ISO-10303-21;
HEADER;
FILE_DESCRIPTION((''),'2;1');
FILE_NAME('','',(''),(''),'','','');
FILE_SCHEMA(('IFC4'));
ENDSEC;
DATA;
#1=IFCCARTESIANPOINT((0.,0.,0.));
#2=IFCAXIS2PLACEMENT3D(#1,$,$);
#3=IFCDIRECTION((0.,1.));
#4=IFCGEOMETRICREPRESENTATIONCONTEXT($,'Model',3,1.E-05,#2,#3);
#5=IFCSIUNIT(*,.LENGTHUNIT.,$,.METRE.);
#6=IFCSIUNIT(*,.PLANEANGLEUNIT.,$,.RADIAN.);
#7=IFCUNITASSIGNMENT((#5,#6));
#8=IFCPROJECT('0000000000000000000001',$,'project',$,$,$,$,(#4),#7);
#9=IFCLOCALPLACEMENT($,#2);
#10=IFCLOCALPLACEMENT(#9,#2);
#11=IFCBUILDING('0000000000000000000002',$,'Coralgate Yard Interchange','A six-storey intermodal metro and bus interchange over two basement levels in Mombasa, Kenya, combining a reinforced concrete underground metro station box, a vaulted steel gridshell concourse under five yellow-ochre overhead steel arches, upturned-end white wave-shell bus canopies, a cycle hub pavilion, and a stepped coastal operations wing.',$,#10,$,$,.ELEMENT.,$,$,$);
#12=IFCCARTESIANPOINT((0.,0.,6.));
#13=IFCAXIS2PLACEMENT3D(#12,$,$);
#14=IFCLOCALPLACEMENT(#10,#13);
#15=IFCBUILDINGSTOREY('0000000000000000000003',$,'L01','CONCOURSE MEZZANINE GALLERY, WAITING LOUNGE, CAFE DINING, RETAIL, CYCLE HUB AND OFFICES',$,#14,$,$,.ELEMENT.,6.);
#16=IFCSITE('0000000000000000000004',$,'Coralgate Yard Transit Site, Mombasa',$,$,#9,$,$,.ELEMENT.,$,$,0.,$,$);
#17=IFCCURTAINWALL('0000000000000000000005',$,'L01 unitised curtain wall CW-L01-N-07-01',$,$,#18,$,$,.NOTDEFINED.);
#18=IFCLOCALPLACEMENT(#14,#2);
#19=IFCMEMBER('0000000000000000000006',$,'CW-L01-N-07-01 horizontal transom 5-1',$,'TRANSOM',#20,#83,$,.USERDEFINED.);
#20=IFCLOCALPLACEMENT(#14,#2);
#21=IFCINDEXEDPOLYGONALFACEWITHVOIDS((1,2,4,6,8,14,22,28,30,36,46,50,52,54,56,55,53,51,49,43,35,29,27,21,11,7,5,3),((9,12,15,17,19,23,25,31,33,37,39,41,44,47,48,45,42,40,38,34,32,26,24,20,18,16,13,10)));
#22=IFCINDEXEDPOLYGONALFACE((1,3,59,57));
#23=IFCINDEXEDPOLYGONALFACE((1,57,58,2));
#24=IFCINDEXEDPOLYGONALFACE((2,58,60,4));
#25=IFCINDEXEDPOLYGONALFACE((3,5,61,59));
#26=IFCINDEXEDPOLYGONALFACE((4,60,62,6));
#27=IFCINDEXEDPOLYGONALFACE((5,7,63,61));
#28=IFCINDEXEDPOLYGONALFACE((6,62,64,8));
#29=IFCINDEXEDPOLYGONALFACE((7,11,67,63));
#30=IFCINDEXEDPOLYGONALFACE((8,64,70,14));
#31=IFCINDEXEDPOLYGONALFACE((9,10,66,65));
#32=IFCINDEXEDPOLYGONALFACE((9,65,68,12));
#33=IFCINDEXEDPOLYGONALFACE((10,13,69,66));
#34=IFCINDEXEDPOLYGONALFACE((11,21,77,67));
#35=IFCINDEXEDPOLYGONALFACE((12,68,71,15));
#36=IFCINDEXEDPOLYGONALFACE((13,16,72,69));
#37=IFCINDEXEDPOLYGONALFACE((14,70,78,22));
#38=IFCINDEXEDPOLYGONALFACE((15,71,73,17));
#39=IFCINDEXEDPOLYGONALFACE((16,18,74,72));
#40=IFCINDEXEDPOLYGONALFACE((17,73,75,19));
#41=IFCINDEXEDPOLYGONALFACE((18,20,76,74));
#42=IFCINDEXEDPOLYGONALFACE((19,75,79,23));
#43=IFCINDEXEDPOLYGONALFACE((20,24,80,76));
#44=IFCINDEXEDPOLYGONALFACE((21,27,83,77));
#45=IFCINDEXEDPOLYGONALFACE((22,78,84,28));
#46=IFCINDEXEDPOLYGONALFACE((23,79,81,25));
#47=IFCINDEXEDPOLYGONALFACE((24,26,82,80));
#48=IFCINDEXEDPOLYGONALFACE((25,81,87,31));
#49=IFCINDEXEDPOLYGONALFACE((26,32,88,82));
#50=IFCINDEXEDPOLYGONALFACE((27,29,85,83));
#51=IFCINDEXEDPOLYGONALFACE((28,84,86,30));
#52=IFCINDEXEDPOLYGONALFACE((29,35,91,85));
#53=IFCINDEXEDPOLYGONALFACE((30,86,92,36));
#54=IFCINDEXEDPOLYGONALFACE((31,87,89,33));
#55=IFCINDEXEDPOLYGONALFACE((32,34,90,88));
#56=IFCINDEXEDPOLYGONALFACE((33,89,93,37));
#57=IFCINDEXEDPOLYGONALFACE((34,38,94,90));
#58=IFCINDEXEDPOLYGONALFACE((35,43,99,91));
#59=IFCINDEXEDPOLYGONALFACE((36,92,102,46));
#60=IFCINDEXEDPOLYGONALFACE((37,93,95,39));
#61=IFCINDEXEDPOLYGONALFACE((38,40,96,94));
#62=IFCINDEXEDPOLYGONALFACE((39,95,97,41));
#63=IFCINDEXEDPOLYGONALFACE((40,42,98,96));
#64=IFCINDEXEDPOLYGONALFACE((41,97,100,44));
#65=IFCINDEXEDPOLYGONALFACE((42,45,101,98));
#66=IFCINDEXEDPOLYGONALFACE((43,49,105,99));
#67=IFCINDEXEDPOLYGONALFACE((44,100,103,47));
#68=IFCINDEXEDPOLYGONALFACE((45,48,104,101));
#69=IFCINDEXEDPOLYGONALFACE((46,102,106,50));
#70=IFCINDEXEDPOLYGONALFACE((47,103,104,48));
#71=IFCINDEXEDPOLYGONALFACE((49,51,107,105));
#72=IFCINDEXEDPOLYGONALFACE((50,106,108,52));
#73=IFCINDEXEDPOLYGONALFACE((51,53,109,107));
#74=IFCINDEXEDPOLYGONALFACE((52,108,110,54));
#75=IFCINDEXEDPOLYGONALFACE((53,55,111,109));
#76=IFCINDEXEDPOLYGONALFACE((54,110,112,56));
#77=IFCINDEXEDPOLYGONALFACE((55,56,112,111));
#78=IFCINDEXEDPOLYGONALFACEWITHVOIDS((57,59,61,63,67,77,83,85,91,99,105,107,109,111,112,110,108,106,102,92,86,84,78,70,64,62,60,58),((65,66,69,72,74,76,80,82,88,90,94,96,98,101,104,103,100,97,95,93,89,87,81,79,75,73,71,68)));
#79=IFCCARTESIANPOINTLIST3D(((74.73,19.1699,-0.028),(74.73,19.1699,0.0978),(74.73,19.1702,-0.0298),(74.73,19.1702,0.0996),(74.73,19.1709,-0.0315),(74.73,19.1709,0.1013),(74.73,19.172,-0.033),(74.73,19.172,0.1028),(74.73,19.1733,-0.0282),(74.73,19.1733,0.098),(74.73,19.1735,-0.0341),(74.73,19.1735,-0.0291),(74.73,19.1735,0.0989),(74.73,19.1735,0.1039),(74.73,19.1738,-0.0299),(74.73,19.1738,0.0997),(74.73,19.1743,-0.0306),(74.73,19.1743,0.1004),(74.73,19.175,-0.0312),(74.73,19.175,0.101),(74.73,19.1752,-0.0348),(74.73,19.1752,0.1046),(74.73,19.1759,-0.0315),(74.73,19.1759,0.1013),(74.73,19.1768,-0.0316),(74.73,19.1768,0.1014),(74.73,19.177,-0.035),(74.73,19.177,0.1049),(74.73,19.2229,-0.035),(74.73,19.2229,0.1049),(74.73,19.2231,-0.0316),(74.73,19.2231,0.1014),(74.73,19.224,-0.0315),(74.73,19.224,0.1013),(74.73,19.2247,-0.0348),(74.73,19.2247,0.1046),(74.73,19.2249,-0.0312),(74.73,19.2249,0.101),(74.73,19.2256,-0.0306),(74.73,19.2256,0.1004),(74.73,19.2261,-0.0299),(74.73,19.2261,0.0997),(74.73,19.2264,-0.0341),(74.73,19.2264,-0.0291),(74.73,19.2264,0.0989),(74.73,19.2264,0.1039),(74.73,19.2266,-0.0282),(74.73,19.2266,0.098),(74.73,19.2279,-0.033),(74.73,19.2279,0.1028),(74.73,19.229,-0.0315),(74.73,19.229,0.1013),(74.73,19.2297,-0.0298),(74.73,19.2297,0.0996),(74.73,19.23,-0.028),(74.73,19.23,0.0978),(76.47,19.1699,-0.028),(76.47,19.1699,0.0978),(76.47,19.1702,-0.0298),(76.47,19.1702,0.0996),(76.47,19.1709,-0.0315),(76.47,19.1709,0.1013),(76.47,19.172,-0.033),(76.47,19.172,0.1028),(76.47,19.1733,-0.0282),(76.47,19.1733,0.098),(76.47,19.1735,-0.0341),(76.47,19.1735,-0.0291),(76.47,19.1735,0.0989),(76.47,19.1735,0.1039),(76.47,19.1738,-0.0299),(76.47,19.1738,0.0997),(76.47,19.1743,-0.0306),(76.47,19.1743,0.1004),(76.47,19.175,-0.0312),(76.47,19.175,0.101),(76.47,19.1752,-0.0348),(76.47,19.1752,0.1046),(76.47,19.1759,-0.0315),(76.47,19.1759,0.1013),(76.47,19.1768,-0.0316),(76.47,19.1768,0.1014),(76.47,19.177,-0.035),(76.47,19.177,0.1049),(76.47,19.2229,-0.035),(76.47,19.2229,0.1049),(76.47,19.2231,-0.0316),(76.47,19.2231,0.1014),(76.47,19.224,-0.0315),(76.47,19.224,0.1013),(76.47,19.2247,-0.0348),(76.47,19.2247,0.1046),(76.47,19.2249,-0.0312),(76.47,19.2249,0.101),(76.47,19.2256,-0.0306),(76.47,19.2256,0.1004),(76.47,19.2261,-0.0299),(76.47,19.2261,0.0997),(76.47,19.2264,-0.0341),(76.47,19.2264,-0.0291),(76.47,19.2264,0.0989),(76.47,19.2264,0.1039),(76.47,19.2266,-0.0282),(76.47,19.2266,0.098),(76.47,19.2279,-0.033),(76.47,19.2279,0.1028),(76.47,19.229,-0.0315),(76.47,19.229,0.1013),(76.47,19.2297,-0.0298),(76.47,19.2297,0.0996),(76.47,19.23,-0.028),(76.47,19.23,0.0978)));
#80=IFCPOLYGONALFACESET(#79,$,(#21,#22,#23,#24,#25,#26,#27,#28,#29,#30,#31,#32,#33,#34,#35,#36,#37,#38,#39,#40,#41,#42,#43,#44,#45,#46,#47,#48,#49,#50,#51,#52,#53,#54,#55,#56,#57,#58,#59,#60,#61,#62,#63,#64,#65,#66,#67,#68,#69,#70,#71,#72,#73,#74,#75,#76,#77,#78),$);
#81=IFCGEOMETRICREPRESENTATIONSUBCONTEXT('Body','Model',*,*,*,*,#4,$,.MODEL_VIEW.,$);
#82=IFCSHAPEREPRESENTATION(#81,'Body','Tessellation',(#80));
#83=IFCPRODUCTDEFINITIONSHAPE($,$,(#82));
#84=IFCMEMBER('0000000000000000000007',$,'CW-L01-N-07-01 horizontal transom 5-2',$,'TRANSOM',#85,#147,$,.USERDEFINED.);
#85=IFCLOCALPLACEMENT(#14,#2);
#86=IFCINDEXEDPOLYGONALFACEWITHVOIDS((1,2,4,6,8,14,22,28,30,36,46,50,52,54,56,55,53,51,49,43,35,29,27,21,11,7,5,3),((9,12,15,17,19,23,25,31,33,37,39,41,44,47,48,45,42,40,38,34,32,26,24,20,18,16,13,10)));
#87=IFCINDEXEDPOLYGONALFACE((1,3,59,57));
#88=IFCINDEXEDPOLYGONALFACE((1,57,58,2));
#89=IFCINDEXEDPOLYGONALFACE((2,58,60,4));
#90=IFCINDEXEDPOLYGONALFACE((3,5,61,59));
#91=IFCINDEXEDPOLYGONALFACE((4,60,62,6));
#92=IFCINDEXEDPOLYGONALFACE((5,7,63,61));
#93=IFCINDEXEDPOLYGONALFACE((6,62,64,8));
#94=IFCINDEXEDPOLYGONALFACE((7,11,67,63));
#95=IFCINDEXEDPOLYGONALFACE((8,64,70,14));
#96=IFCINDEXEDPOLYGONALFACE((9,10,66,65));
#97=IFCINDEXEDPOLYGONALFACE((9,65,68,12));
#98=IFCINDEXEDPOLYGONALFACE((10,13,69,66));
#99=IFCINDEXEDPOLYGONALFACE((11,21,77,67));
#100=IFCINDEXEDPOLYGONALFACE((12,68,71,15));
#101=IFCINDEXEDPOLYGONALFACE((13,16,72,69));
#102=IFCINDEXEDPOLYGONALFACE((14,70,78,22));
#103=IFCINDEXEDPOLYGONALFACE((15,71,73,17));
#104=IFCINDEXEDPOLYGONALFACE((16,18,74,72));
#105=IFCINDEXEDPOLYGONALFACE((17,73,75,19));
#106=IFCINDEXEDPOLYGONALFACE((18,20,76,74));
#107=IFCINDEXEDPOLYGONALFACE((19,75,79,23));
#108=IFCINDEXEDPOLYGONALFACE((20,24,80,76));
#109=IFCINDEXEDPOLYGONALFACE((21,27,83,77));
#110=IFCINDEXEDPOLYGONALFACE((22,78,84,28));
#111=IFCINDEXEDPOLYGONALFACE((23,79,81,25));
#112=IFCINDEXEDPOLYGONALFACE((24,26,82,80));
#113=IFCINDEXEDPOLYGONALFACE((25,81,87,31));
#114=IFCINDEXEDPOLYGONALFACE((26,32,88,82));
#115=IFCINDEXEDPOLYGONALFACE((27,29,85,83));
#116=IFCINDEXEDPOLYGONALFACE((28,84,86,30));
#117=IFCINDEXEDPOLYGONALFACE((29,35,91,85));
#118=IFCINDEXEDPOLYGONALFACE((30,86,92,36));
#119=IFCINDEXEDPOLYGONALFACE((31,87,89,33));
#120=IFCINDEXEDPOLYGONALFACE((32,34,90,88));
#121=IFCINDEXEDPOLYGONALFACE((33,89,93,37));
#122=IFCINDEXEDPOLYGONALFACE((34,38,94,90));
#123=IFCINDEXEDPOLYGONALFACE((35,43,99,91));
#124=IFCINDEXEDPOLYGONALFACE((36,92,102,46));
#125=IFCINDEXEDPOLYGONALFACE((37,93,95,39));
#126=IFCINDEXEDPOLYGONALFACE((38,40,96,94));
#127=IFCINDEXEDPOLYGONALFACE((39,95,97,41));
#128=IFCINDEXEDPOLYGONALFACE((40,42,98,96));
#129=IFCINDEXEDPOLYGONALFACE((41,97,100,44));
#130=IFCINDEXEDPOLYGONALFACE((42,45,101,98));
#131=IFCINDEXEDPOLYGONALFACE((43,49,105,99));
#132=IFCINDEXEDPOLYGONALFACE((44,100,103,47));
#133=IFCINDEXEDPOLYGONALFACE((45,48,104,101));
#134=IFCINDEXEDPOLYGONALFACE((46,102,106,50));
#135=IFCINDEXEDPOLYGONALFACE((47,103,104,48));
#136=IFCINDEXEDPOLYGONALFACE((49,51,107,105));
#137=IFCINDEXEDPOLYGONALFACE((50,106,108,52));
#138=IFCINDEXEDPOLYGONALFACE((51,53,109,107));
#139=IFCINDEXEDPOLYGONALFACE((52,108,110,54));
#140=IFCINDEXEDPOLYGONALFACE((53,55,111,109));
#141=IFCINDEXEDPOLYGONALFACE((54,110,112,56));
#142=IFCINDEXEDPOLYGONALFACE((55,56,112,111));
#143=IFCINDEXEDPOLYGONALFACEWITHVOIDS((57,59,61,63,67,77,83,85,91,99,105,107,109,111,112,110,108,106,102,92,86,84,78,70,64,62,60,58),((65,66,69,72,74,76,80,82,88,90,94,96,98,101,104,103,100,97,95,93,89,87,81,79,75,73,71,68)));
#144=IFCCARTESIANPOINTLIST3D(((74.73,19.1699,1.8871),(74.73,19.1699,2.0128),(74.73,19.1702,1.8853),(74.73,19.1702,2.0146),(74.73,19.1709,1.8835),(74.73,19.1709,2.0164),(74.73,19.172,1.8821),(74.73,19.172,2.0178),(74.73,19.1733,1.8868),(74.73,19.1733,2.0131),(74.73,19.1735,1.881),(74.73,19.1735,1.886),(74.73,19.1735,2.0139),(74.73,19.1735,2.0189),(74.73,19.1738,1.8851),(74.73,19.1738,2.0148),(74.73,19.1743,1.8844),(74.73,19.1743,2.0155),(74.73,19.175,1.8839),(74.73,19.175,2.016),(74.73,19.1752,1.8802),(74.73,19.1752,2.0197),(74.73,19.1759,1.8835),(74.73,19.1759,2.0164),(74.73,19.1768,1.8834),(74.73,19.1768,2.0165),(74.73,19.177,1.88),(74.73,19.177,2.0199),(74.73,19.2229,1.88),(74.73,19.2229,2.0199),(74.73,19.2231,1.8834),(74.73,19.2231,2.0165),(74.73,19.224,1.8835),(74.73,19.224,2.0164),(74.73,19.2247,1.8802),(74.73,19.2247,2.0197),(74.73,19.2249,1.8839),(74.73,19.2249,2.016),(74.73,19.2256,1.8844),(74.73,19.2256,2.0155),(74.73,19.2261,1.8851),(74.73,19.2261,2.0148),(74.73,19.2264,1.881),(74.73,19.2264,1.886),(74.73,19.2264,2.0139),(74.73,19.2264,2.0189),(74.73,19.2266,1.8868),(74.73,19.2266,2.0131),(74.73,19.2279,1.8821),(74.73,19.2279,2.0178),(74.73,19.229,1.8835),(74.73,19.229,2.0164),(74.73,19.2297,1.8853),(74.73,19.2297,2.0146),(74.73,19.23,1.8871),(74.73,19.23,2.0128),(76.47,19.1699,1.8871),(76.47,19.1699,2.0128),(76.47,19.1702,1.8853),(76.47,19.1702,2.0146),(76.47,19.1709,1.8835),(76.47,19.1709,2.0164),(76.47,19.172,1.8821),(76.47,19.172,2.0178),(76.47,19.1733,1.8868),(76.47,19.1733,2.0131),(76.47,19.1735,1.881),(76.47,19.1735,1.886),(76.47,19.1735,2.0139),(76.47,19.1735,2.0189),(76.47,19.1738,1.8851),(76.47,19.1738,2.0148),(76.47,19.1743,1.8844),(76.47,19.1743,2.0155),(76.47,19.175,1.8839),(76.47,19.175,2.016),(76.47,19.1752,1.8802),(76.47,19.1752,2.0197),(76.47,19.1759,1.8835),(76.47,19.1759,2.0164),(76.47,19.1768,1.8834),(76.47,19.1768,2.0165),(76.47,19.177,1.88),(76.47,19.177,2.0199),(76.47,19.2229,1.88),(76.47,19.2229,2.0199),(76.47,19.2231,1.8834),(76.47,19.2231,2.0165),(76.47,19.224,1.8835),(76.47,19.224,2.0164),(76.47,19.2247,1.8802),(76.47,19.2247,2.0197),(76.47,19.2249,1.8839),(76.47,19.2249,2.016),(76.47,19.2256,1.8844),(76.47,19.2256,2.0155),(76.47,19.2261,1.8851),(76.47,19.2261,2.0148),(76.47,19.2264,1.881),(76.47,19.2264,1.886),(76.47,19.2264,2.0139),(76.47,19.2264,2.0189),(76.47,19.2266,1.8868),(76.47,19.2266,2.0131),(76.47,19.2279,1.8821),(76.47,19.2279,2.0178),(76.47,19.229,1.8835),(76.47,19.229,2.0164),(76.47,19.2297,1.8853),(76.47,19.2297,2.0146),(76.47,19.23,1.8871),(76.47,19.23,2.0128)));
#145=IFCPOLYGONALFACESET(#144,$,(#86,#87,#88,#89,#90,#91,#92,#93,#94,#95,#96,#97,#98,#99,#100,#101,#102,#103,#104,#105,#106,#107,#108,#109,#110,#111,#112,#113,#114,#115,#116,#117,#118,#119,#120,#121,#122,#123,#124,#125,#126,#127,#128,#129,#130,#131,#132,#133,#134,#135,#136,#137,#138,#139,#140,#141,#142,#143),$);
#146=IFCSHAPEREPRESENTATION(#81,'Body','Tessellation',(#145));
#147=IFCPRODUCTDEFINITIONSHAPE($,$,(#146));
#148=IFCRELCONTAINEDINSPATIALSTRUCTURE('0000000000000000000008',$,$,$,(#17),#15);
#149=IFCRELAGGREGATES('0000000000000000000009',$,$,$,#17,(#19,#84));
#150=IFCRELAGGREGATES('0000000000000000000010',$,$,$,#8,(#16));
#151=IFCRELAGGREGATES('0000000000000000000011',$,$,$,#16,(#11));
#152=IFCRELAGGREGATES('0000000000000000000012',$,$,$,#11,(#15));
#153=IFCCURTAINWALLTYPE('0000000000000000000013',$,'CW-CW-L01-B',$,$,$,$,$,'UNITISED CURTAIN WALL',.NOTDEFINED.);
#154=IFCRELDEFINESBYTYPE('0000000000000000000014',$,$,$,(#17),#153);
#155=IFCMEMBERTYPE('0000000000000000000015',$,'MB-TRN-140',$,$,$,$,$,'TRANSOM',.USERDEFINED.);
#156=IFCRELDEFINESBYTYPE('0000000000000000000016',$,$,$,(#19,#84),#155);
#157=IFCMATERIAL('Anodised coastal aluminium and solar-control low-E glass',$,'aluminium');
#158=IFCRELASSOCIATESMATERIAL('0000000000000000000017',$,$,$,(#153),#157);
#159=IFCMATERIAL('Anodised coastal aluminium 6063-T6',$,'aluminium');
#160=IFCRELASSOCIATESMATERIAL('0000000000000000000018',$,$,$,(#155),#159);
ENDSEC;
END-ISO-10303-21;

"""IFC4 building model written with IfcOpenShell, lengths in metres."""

from ifc_helpers import new_model, si_unit, direction, frame, origin, origin_2d, place, context, subcontext, project, spatial, hollow_rectangle, extrude, material, material_profile, profile_set, type_object, element, aggregate, save


model = new_model("IFC4")

# Units and contexts
model_context = context("Model", 3, precision=1e-05, world=origin(), true_north=direction((0.0, 1.0)))
body_context = subcontext(model_context, "Body", "Model", "MODEL_VIEW")
ifc_project = project(units=[si_unit("LENGTHUNIT", "METRE"), si_unit("PLANEANGLEUNIT", "RADIAN")], contexts=[model_context])

# Site, building, storey
site_placement = place(None, origin())
site = spatial("IfcSite", under=ifc_project, at=site_placement, Name="Coralgate Yard Transit Site, Mombasa", CompositionType="ELEMENT", RefElevation=0.0)
building_placement = place(site_placement, origin())
building = spatial("IfcBuilding", under=site, at=building_placement, Name="Coralgate Yard Interchange", Description="A six-storey intermodal metro and bus interchange over two basement levels in Mombasa, Kenya, combining a reinforced concrete underground metro station box, a vaulted steel gridshell concourse under five yellow-ochre overhead steel arches, upturned-end white wave-shell bus canopies, a cycle hub pavilion, and a stepped coastal operations wing.", CompositionType="ELEMENT")
storey_placement = place(building_placement, frame((0.0, 0.0, 6.0)))
storey = spatial("IfcBuildingStorey", under=building, at=storey_placement, Name="L01", Description="CONCOURSE MEZZANINE GALLERY, WAITING LOUNGE, CAFE DINING, RETAIL, CYCLE HUB AND OFFICES", CompositionType="ELEMENT", Elevation=6.0)

# Curtain wall
ifc_material_1 = material(Name="Anodised coastal aluminium and solar-control low-E glass", Category="aluminium")
curtain_wall_type = type_object("IfcCurtainWallType", Name="CW-CW-L01-B", ElementType="UNITISED CURTAIN WALL", PredefinedType="NOTDEFINED", material=ifc_material_1)
curtain_wall_1_placement = place(storey_placement, origin())
curtain_wall_1 = element("IfcCurtainWall", 1, at=curtain_wall_1_placement, inside=storey, type_object=curtain_wall_type, Name="L01 unitised curtain wall CW-L01-N-07-01", PredefinedType="NOTDEFINED")
ifc_material_2 = material(Name="Anodised coastal aluminium 6063-T6", Category="aluminium")

# Members
ifc_material_profile_1 = material_profile(ifc_material_2, hollow_rectangle(XDim=0.0601, YDim=0.1399, WallThickness=0.0034, InnerFilletRadius=0.0034, OuterFilletRadius=0.0071, at=origin_2d()), Name="ALU 60x140x3.5")
ifc_profile_set_1 = profile_set([ifc_material_profile_1], Name="Anodised coastal aluminium 6063-T6")
member_type_1 = type_object("IfcMemberType", Name="MB-TRN-140", ElementType="TRANSOM", PredefinedType="USERDEFINED", material=ifc_profile_set_1)
member_1_placement = place(storey_placement, frame((74.73, 19.2, 0.0349), z_axis=(1.0, 0.0, 0.0), x_axis=(0.0, 1.0, 0.0)))
member_1 = element("IfcMember", 2, at=member_1_placement, type_object=member_type_1, Name="CW-L01-N-07-01 horizontal transom 5-1", ObjectType="TRANSOM", PredefinedType="USERDEFINED", context=body_context, shape_type="SweptSolid", body=[
    extrude(hollow_rectangle(XDim=0.0601, YDim=0.1399, WallThickness=0.0034, InnerFilletRadius=0.0034, OuterFilletRadius=0.0071, at=origin_2d()), origin(), (0.0, 0.0, 1.0), 1.74),
])
member_2_placement = place(storey_placement, frame((74.73, 19.2, 1.95), z_axis=(1.0, 0.0, 0.0), x_axis=(0.0, 1.0, 0.0)))
member_2 = element("IfcMember", 3, at=member_2_placement, type_object=member_type_1, Name="CW-L01-N-07-01 horizontal transom 5-2", ObjectType="TRANSOM", PredefinedType="USERDEFINED", context=body_context, shape_type="SweptSolid", body=[
    extrude(hollow_rectangle(XDim=0.0601, YDim=0.1399, WallThickness=0.0034, InnerFilletRadius=0.0034, OuterFilletRadius=0.0071, at=origin_2d()), origin(), (0.0, 0.0, 1.0), 1.74),
])

aggregate(curtain_wall_1, [member_1, member_2])

save(model, "model.ifc")
